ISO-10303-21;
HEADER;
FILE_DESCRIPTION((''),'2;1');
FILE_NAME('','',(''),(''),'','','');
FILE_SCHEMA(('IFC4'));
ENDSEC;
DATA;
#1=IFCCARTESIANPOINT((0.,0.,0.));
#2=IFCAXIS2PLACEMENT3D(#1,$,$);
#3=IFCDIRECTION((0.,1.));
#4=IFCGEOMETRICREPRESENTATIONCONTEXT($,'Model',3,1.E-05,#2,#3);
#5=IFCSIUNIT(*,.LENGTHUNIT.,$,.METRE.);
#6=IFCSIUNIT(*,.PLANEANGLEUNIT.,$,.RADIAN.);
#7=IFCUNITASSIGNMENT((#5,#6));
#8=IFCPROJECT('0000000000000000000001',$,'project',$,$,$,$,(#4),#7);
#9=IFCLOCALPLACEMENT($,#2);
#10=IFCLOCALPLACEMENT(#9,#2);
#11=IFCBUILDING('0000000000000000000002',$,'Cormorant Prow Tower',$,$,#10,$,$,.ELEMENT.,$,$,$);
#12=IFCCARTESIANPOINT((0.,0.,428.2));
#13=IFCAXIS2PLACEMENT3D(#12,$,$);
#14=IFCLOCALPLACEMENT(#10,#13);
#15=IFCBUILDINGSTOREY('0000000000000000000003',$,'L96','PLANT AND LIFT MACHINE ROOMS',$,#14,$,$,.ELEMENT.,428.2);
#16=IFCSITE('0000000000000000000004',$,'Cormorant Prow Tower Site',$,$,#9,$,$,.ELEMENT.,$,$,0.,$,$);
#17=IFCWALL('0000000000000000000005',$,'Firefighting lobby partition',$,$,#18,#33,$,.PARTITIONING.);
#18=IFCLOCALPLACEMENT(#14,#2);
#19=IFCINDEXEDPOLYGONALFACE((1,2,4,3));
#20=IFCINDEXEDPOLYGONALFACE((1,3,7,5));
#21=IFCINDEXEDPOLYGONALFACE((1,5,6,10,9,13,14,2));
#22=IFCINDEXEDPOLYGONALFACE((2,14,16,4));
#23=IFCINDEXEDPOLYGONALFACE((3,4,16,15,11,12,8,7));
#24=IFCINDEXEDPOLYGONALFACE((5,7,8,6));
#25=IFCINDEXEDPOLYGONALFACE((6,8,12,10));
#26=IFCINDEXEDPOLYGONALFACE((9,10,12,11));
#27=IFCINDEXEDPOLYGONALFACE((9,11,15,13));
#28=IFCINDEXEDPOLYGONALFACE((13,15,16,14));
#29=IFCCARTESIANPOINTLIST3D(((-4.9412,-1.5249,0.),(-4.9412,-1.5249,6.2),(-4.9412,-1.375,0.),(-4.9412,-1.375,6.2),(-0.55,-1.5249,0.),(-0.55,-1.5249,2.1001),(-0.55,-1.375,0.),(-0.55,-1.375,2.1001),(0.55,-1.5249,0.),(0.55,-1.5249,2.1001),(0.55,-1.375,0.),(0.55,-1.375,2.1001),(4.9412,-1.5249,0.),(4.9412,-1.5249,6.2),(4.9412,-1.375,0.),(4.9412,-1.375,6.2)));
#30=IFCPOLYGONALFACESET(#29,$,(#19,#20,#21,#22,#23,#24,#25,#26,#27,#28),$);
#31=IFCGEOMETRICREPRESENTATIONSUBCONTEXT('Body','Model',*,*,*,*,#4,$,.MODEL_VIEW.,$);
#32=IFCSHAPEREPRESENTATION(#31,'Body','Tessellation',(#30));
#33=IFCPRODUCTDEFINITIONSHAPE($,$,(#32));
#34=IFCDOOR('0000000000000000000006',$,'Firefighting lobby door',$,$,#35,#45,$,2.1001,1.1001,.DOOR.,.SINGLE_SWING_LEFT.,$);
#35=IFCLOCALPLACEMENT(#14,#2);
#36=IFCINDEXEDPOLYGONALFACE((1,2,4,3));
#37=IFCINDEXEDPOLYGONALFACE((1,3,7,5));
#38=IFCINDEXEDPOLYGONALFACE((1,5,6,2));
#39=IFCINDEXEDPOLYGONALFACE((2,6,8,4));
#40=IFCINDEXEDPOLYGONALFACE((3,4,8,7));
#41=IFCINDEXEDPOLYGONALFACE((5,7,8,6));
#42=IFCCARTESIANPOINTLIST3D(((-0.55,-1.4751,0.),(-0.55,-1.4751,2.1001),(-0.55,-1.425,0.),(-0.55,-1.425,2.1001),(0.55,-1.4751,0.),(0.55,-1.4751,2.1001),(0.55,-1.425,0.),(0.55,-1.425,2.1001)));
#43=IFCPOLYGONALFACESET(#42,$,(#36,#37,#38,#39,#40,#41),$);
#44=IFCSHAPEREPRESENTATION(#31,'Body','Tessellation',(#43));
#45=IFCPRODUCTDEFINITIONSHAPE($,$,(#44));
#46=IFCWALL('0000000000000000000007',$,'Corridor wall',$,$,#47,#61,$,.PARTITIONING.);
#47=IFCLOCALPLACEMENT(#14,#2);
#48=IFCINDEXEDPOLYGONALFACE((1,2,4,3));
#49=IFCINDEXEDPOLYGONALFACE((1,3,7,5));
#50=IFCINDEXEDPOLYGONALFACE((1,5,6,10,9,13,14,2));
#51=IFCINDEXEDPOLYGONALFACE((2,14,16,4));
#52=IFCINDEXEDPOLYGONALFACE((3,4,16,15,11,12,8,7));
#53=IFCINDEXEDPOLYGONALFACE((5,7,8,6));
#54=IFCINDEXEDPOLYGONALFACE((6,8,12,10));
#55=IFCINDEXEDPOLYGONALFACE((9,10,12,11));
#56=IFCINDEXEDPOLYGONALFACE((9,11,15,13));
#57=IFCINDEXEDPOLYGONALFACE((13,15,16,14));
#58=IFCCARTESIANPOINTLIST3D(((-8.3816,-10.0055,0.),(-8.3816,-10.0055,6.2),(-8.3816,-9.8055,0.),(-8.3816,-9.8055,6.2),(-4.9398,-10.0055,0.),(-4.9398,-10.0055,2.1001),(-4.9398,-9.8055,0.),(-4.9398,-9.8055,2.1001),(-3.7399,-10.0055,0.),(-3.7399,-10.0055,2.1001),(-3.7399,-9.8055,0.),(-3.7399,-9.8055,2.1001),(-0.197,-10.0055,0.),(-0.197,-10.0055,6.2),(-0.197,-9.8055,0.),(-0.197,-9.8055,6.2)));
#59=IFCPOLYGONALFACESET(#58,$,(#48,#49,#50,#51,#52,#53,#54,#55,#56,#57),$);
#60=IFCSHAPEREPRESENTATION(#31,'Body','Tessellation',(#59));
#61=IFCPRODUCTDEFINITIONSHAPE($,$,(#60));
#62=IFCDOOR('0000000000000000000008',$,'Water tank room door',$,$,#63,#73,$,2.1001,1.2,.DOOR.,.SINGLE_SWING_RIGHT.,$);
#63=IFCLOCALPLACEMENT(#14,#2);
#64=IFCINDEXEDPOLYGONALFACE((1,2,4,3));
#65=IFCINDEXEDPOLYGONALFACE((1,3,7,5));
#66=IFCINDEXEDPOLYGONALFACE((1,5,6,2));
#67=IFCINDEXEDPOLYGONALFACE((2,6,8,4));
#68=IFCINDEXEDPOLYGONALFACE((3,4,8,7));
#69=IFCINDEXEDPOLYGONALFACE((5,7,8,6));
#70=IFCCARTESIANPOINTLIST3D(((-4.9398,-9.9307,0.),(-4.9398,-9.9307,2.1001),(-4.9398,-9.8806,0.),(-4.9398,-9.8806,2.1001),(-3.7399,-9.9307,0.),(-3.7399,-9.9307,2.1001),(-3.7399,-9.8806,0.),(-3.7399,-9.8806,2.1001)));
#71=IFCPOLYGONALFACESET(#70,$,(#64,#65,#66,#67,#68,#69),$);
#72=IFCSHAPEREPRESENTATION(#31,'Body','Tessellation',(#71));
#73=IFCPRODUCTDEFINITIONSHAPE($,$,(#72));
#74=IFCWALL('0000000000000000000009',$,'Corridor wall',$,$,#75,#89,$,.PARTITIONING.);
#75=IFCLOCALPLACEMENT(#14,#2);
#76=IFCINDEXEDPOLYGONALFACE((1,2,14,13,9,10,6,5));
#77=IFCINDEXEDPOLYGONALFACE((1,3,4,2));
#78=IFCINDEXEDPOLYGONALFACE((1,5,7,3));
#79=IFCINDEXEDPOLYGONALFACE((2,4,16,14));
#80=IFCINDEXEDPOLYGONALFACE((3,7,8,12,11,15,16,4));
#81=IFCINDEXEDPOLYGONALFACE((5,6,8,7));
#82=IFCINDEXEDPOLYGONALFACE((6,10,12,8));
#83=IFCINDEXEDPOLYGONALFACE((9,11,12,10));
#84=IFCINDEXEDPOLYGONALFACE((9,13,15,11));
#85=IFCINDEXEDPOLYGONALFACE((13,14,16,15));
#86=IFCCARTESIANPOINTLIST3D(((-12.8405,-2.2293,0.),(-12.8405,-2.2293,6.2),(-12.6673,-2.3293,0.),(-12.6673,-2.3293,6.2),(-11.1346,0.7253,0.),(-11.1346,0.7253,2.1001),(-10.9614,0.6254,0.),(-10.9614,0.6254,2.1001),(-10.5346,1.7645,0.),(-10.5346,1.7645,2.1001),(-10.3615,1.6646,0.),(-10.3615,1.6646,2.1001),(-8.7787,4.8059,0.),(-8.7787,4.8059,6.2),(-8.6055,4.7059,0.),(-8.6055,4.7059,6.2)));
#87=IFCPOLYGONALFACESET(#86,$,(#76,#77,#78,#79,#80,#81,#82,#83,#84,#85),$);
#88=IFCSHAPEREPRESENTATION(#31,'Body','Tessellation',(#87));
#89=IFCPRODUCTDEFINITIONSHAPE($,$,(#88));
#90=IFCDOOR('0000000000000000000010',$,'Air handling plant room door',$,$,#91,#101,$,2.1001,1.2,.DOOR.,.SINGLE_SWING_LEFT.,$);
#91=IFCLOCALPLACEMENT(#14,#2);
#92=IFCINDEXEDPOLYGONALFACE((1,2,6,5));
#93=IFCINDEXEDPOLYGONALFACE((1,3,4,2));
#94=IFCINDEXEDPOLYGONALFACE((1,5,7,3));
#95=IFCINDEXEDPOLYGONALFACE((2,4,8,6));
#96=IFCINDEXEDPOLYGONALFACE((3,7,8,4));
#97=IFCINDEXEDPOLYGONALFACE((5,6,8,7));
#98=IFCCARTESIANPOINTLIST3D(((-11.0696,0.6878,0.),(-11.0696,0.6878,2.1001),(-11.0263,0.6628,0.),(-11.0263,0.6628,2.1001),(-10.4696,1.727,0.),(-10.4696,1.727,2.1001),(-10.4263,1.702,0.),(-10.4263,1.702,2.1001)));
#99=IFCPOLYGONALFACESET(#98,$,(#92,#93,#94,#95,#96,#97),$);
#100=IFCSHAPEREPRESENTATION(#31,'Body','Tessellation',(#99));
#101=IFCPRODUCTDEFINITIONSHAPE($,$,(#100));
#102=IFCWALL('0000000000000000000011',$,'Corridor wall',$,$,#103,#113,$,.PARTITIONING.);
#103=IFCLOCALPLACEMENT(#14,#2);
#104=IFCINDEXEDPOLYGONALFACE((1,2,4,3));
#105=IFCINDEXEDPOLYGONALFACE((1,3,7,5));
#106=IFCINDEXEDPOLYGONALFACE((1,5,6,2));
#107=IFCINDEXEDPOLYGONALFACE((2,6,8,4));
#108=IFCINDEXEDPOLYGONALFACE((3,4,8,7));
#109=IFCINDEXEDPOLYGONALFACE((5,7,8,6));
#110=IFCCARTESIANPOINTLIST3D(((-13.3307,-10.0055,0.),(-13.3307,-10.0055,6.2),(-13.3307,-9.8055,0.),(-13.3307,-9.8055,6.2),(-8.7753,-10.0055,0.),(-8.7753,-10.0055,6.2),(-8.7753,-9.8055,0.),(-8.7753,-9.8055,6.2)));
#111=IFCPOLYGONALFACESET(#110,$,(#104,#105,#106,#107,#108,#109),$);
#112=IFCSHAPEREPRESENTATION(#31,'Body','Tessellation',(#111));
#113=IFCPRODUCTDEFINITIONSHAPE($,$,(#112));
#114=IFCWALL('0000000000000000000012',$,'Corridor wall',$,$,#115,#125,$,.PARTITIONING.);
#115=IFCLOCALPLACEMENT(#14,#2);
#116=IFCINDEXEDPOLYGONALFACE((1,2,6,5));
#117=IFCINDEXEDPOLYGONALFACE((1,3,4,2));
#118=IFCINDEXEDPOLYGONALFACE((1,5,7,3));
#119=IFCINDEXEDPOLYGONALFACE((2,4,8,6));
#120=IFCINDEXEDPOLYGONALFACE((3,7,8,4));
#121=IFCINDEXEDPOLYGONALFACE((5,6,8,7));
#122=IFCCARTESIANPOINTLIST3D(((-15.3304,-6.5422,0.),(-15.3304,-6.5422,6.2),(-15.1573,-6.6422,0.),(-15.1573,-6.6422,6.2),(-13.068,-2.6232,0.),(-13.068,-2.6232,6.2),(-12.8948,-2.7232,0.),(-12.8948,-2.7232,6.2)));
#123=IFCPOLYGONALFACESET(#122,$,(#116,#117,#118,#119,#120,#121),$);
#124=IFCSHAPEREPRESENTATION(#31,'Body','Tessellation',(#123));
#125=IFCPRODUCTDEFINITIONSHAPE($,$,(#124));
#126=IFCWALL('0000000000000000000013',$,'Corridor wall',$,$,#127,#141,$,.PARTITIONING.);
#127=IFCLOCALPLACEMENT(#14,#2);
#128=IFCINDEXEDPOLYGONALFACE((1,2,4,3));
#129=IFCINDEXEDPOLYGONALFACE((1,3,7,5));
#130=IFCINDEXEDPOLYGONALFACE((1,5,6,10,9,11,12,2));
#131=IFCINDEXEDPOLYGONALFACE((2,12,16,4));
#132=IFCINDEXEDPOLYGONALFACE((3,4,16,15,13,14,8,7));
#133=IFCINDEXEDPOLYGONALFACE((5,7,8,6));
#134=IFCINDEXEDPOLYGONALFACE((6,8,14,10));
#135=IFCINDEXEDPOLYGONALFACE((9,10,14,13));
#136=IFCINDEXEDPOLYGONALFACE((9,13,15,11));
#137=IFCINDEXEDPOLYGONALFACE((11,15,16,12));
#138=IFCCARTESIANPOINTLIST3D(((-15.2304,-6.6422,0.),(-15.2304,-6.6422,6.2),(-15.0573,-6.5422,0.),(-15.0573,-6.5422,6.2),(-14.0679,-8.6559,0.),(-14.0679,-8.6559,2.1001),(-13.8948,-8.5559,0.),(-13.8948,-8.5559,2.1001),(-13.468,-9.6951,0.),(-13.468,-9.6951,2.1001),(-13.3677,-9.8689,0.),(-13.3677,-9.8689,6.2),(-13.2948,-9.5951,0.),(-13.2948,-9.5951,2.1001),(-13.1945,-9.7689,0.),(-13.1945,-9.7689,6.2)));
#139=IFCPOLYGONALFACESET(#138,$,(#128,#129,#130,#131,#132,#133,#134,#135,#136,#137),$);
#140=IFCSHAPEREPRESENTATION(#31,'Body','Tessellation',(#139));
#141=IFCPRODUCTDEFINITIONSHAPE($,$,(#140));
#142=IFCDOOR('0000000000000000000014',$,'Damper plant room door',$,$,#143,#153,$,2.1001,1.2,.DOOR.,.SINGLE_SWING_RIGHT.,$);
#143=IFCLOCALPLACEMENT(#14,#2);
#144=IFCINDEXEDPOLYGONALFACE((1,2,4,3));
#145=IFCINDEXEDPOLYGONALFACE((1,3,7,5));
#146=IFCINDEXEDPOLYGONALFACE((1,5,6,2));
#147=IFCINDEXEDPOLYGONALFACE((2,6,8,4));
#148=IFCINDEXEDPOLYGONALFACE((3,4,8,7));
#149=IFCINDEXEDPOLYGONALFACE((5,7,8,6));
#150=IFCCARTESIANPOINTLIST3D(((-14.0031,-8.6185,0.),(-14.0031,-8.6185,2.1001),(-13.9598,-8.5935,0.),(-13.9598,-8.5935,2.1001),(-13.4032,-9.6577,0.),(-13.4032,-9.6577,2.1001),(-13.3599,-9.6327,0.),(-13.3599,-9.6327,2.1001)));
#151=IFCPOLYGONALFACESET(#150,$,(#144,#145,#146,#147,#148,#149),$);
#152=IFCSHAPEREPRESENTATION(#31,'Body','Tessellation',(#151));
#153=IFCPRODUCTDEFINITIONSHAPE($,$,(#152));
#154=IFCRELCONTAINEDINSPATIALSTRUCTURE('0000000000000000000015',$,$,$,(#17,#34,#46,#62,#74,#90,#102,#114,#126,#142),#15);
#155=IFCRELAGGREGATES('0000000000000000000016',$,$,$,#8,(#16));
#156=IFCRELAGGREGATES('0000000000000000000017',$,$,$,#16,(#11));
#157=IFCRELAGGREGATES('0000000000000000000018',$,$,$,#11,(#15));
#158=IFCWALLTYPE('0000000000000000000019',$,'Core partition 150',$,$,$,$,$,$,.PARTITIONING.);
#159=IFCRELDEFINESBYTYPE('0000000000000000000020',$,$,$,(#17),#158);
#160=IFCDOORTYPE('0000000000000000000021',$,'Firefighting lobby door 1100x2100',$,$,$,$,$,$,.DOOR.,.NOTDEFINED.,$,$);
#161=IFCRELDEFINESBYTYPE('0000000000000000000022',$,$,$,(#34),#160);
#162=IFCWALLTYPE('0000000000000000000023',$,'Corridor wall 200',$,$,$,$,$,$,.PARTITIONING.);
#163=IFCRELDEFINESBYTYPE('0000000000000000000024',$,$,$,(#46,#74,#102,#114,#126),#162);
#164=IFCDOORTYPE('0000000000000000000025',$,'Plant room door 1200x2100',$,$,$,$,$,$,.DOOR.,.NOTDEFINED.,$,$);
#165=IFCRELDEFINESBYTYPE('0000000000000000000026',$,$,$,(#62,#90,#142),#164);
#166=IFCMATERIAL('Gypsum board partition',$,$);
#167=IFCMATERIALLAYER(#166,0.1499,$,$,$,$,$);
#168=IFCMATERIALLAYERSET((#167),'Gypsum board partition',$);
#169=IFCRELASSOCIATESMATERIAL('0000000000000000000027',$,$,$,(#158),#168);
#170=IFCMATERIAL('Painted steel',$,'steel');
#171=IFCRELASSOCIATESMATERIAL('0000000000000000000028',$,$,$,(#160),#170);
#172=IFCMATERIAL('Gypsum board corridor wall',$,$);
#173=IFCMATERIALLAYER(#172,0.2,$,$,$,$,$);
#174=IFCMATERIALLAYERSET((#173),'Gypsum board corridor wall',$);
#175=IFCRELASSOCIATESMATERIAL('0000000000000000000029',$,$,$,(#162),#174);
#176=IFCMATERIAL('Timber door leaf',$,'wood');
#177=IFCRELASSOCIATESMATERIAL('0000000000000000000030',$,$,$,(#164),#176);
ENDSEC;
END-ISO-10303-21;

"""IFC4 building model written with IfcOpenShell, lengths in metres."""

from ifc_helpers import new_model, si_unit, direction, frame, frame_2d, origin, place, context, subcontext, project, spatial, rectangle, extrude, material, layer, layer_set, type_object, element, fill, save


model = new_model("IFC4")

# Units and contexts
model_context = context("Model", 3, precision=1e-05, world=origin(), true_north=direction((0.0, 1.0)))
body_context = subcontext(model_context, "Body", "Model", "MODEL_VIEW")
ifc_project = project(units=[si_unit("LENGTHUNIT", "METRE"), si_unit("PLANEANGLEUNIT", "RADIAN")], contexts=[model_context])

# Site, building, storey
site_placement = place(None, origin())
site = spatial("IfcSite", under=ifc_project, at=site_placement, Name="Cormorant Prow Tower Site", CompositionType="ELEMENT", RefElevation=0.0)
building_placement = place(site_placement, origin())
building = spatial("IfcBuilding", under=site, at=building_placement, Name="Cormorant Prow Tower", CompositionType="ELEMENT")
storey_placement = place(building_placement, frame((0.0, 0.0, 428.2)))
storey = spatial("IfcBuildingStorey", under=building, at=storey_placement, Name="L96", Description="PLANT AND LIFT MACHINE ROOMS", CompositionType="ELEMENT", Elevation=428.2)

# Walls, openings, doors
ifc_material_1 = material(Name="Gypsum board partition")
ifc_layer_1 = layer(ifc_material_1, 0.1499)
ifc_layer_set_1 = layer_set([ifc_layer_1], Name="Gypsum board partition")
wall_type_1 = type_object("IfcWallType", Name="Core partition 150", PredefinedType="PARTITIONING", material=ifc_layer_set_1)
wall_1_placement = place(storey_placement, frame((-4.9412, -1.45, 0.0), z_axis=(0.0, 0.0, 1.0), x_axis=(1.0, 0.0, 0.0)))
wall_1 = element("IfcWall", 1, at=wall_1_placement, inside=storey, type_object=wall_type_1, Name="Firefighting lobby partition", PredefinedType="PARTITIONING", context=body_context, shape_type="SweptSolid", body=[
    extrude(rectangle(XDim=9.8823, YDim=0.1499, at=frame_2d((4.9412, 0.0))), origin(), (0.0, 0.0, 1.0), 6.2),
])
opening_1_placement = place(wall_1_placement, frame((4.3911, 0.0, 0.0)))
opening_1 = element("IfcOpeningElement", 2, at=opening_1_placement, cuts=wall_1, PredefinedType="OPENING", context=body_context, shape_type="SweptSolid", body=[
    extrude(rectangle(XDim=1.1001, YDim=2.1001, at=frame_2d((0.55, 1.05))), frame((0.0, 0.085, 0.0), z_axis=(0.0, -1.0, 0.0), x_axis=(1.0, 0.0, 0.0)), (0.0, 0.0, 1.0), 0.1699),
])
ifc_material_2 = material(Name="Painted steel", Category="steel")
door_type_1 = type_object("IfcDoorType", Name="Firefighting lobby door 1100x2100", OperationType="NOTDEFINED", PredefinedType="DOOR", material=ifc_material_2)
door_1_placement = place(opening_1_placement, origin())
door_1 = element("IfcDoor", 3, at=door_1_placement, inside=storey, type_object=door_type_1, Name="Firefighting lobby door", OperationType="SINGLE_SWING_LEFT", OverallHeight=2.1001, OverallWidth=1.1001, PredefinedType="DOOR", context=body_context, shape_type="SweptSolid", body=[
    extrude(rectangle(XDim=1.1001, YDim=2.1001, at=frame_2d((0.55, 1.05))), frame((0.0, 0.0249, 0.0), z_axis=(0.0, -1.0, 0.0), x_axis=(1.0, 0.0, 0.0)), (0.0, 0.0, 1.0), 0.05),
])
fill(opening_1, door_1)
ifc_material_3 = material(Name="Gypsum board corridor wall")
ifc_layer_2 = layer(ifc_material_3, 0.2)
ifc_layer_set_2 = layer_set([ifc_layer_2], Name="Gypsum board corridor wall")
wall_type_2 = type_object("IfcWallType", Name="Corridor wall 200", PredefinedType="PARTITIONING", material=ifc_layer_set_2)
wall_2_placement = place(storey_placement, frame((-8.3816, -9.9055, 0.0), z_axis=(0.0, 0.0, 1.0), x_axis=(1.0, 0.0, 0.0)))
wall_2 = element("IfcWall", 4, at=wall_2_placement, inside=storey, type_object=wall_type_2, Name="Corridor wall", PredefinedType="PARTITIONING", context=body_context, shape_type="SweptSolid", body=[
    extrude(rectangle(XDim=8.1846, YDim=0.2, at=frame_2d((4.0923, 0.0))), origin(), (0.0, 0.0, 1.0), 6.2),
])
opening_2_placement = place(wall_2_placement, frame((3.4417, 0.0, 0.0)))
opening_2 = element("IfcOpeningElement", 5, at=opening_2_placement, cuts=wall_2, PredefinedType="OPENING", context=body_context, shape_type="SweptSolid", body=[
    extrude(rectangle(XDim=1.2, YDim=2.1001, at=frame_2d((0.6001, 1.05))), frame((0.0, 0.1099, 0.0), z_axis=(0.0, -1.0, 0.0), x_axis=(1.0, 0.0, 0.0)), (0.0, 0.0, 1.0), 0.22),
])
ifc_material_4 = material(Name="Timber door leaf", Category="wood")
door_type_2 = type_object("IfcDoorType", Name="Plant room door 1200x2100", OperationType="NOTDEFINED", PredefinedType="DOOR", material=ifc_material_4)
door_2_placement = place(opening_2_placement, origin())
door_2 = element("IfcDoor", 6, at=door_2_placement, inside=storey, type_object=door_type_2, Name="Water tank room door", OperationType="SINGLE_SWING_RIGHT", OverallHeight=2.1001, OverallWidth=1.2, PredefinedType="DOOR", context=body_context, shape_type="SweptSolid", body=[
    extrude(rectangle(XDim=1.2, YDim=2.1001, at=frame_2d((0.6001, 1.05))), frame((0.0, 0.0249, 0.0), z_axis=(0.0, -1.0, 0.0), x_axis=(1.0, 0.0, 0.0)), (0.0, 0.0, 1.0), 0.05),
])
fill(opening_2, door_2)
wall_3_placement = place(storey_placement, frame((-12.7539, -2.2793, 0.0), z_axis=(0.0, 0.0, 1.0), x_axis=(0.500002, 0.866024, 0.0)))
wall_3 = element("IfcWall", 7, at=wall_3_placement, inside=storey, type_object=wall_type_2, Name="Corridor wall", PredefinedType="PARTITIONING", context=body_context, shape_type="SweptSolid", body=[
    extrude(rectangle(XDim=8.1235, YDim=0.2, at=frame_2d((4.0618, 0.0))), origin(), (0.0, 0.0, 1.0), 6.2),
])
opening_3_placement = place(wall_3_placement, frame((3.4116, 0.0, 0.0)))
opening_3 = element("IfcOpeningElement", 8, at=opening_3_placement, cuts=wall_3, PredefinedType="OPENING", context=body_context, shape_type="SweptSolid", body=[
    extrude(rectangle(XDim=1.2, YDim=2.1001, at=frame_2d((0.6001, 1.05))), frame((0.0, 0.1099, 0.0), z_axis=(0.0, -1.0, 0.0), x_axis=(1.0, 0.0, 0.0)), (0.0, 0.0, 1.0), 0.22),
])
door_3_placement = place(opening_3_placement, origin())
door_3 = element("IfcDoor", 9, at=door_3_placement, inside=storey, type_object=door_type_2, Name="Air handling plant room door", OperationType="SINGLE_SWING_LEFT", OverallHeight=2.1001, OverallWidth=1.2, PredefinedType="DOOR", context=body_context, shape_type="SweptSolid", body=[
    extrude(rectangle(XDim=1.2, YDim=2.1001, at=frame_2d((0.6001, 1.05))), frame((0.0, 0.0249, 0.0), z_axis=(0.0, -1.0, 0.0), x_axis=(1.0, 0.0, 0.0)), (0.0, 0.0, 1.0), 0.05),
])
fill(opening_3, door_3)

# Walls
wall_4_placement = place(storey_placement, frame((-13.3308, -9.9055, 0.0), z_axis=(0.0, 0.0, 1.0), x_axis=(1.0, 0.0, 0.0)))
element("IfcWall", 10, at=wall_4_placement, inside=storey, type_object=wall_type_2, Name="Corridor wall", PredefinedType="PARTITIONING", context=body_context, shape_type="SweptSolid", body=[
    extrude(rectangle(XDim=4.5554, YDim=0.2, at=frame_2d((2.2778, 0.0))), origin(), (0.0, 0.0, 1.0), 6.2),
])
wall_5_placement = place(storey_placement, frame((-15.2439, -6.5923, 0.0), z_axis=(0.0, 0.0, 1.0), x_axis=(0.499975, 0.86604, 0.0)))
element("IfcWall", 11, at=wall_5_placement, inside=storey, type_object=wall_type_2, Name="Corridor wall", PredefinedType="PARTITIONING", context=body_context, shape_type="SweptSolid", body=[
    extrude(rectangle(XDim=4.5251, YDim=0.2, at=frame_2d((2.2627, 0.0))), origin(), (0.0, 0.0, 1.0), 6.2),
])

# Wall, opening, door
wall_6_placement = place(storey_placement, frame((-15.1438, -6.5923, 0.0), z_axis=(0.0, 0.0, 1.0), x_axis=(0.499959, -0.866049, 0.0)))
wall_6 = element("IfcWall", 12, at=wall_6_placement, inside=storey, type_object=wall_type_2, Name="Corridor wall", PredefinedType="PARTITIONING", context=body_context, shape_type="SweptSolid", body=[
    extrude(rectangle(XDim=3.7258, YDim=0.2, at=frame_2d((1.8628, 0.0))), origin(), (0.0, 0.0, 1.0), 6.2),
])
opening_4_placement = place(wall_6_placement, frame((2.325, 0.0, 0.0)))
opening_4 = element("IfcOpeningElement", 13, at=opening_4_placement, cuts=wall_6, PredefinedType="OPENING", context=body_context, shape_type="SweptSolid", body=[
    extrude(rectangle(XDim=1.2, YDim=2.1001, at=frame_2d((0.6001, 1.05))), frame((0.0, 0.1099, 0.0), z_axis=(0.0, -1.0, 0.0), x_axis=(1.0, 0.0, 0.0)), (0.0, 0.0, 1.0), 0.22),
])
door_4_placement = place(opening_4_placement, origin())
door_4 = element("IfcDoor", 14, at=door_4_placement, inside=storey, type_object=door_type_2, Name="Damper plant room door", OperationType="SINGLE_SWING_RIGHT", OverallHeight=2.1001, OverallWidth=1.2, PredefinedType="DOOR", context=body_context, shape_type="SweptSolid", body=[
    extrude(rectangle(XDim=1.2, YDim=2.1001, at=frame_2d((0.6001, 1.05))), frame((0.0, 0.0249, 0.0), z_axis=(0.0, -1.0, 0.0), x_axis=(1.0, 0.0, 0.0)), (0.0, 0.0, 1.0), 0.05),
])
fill(opening_4, door_4)

save(model, "model.ifc")
